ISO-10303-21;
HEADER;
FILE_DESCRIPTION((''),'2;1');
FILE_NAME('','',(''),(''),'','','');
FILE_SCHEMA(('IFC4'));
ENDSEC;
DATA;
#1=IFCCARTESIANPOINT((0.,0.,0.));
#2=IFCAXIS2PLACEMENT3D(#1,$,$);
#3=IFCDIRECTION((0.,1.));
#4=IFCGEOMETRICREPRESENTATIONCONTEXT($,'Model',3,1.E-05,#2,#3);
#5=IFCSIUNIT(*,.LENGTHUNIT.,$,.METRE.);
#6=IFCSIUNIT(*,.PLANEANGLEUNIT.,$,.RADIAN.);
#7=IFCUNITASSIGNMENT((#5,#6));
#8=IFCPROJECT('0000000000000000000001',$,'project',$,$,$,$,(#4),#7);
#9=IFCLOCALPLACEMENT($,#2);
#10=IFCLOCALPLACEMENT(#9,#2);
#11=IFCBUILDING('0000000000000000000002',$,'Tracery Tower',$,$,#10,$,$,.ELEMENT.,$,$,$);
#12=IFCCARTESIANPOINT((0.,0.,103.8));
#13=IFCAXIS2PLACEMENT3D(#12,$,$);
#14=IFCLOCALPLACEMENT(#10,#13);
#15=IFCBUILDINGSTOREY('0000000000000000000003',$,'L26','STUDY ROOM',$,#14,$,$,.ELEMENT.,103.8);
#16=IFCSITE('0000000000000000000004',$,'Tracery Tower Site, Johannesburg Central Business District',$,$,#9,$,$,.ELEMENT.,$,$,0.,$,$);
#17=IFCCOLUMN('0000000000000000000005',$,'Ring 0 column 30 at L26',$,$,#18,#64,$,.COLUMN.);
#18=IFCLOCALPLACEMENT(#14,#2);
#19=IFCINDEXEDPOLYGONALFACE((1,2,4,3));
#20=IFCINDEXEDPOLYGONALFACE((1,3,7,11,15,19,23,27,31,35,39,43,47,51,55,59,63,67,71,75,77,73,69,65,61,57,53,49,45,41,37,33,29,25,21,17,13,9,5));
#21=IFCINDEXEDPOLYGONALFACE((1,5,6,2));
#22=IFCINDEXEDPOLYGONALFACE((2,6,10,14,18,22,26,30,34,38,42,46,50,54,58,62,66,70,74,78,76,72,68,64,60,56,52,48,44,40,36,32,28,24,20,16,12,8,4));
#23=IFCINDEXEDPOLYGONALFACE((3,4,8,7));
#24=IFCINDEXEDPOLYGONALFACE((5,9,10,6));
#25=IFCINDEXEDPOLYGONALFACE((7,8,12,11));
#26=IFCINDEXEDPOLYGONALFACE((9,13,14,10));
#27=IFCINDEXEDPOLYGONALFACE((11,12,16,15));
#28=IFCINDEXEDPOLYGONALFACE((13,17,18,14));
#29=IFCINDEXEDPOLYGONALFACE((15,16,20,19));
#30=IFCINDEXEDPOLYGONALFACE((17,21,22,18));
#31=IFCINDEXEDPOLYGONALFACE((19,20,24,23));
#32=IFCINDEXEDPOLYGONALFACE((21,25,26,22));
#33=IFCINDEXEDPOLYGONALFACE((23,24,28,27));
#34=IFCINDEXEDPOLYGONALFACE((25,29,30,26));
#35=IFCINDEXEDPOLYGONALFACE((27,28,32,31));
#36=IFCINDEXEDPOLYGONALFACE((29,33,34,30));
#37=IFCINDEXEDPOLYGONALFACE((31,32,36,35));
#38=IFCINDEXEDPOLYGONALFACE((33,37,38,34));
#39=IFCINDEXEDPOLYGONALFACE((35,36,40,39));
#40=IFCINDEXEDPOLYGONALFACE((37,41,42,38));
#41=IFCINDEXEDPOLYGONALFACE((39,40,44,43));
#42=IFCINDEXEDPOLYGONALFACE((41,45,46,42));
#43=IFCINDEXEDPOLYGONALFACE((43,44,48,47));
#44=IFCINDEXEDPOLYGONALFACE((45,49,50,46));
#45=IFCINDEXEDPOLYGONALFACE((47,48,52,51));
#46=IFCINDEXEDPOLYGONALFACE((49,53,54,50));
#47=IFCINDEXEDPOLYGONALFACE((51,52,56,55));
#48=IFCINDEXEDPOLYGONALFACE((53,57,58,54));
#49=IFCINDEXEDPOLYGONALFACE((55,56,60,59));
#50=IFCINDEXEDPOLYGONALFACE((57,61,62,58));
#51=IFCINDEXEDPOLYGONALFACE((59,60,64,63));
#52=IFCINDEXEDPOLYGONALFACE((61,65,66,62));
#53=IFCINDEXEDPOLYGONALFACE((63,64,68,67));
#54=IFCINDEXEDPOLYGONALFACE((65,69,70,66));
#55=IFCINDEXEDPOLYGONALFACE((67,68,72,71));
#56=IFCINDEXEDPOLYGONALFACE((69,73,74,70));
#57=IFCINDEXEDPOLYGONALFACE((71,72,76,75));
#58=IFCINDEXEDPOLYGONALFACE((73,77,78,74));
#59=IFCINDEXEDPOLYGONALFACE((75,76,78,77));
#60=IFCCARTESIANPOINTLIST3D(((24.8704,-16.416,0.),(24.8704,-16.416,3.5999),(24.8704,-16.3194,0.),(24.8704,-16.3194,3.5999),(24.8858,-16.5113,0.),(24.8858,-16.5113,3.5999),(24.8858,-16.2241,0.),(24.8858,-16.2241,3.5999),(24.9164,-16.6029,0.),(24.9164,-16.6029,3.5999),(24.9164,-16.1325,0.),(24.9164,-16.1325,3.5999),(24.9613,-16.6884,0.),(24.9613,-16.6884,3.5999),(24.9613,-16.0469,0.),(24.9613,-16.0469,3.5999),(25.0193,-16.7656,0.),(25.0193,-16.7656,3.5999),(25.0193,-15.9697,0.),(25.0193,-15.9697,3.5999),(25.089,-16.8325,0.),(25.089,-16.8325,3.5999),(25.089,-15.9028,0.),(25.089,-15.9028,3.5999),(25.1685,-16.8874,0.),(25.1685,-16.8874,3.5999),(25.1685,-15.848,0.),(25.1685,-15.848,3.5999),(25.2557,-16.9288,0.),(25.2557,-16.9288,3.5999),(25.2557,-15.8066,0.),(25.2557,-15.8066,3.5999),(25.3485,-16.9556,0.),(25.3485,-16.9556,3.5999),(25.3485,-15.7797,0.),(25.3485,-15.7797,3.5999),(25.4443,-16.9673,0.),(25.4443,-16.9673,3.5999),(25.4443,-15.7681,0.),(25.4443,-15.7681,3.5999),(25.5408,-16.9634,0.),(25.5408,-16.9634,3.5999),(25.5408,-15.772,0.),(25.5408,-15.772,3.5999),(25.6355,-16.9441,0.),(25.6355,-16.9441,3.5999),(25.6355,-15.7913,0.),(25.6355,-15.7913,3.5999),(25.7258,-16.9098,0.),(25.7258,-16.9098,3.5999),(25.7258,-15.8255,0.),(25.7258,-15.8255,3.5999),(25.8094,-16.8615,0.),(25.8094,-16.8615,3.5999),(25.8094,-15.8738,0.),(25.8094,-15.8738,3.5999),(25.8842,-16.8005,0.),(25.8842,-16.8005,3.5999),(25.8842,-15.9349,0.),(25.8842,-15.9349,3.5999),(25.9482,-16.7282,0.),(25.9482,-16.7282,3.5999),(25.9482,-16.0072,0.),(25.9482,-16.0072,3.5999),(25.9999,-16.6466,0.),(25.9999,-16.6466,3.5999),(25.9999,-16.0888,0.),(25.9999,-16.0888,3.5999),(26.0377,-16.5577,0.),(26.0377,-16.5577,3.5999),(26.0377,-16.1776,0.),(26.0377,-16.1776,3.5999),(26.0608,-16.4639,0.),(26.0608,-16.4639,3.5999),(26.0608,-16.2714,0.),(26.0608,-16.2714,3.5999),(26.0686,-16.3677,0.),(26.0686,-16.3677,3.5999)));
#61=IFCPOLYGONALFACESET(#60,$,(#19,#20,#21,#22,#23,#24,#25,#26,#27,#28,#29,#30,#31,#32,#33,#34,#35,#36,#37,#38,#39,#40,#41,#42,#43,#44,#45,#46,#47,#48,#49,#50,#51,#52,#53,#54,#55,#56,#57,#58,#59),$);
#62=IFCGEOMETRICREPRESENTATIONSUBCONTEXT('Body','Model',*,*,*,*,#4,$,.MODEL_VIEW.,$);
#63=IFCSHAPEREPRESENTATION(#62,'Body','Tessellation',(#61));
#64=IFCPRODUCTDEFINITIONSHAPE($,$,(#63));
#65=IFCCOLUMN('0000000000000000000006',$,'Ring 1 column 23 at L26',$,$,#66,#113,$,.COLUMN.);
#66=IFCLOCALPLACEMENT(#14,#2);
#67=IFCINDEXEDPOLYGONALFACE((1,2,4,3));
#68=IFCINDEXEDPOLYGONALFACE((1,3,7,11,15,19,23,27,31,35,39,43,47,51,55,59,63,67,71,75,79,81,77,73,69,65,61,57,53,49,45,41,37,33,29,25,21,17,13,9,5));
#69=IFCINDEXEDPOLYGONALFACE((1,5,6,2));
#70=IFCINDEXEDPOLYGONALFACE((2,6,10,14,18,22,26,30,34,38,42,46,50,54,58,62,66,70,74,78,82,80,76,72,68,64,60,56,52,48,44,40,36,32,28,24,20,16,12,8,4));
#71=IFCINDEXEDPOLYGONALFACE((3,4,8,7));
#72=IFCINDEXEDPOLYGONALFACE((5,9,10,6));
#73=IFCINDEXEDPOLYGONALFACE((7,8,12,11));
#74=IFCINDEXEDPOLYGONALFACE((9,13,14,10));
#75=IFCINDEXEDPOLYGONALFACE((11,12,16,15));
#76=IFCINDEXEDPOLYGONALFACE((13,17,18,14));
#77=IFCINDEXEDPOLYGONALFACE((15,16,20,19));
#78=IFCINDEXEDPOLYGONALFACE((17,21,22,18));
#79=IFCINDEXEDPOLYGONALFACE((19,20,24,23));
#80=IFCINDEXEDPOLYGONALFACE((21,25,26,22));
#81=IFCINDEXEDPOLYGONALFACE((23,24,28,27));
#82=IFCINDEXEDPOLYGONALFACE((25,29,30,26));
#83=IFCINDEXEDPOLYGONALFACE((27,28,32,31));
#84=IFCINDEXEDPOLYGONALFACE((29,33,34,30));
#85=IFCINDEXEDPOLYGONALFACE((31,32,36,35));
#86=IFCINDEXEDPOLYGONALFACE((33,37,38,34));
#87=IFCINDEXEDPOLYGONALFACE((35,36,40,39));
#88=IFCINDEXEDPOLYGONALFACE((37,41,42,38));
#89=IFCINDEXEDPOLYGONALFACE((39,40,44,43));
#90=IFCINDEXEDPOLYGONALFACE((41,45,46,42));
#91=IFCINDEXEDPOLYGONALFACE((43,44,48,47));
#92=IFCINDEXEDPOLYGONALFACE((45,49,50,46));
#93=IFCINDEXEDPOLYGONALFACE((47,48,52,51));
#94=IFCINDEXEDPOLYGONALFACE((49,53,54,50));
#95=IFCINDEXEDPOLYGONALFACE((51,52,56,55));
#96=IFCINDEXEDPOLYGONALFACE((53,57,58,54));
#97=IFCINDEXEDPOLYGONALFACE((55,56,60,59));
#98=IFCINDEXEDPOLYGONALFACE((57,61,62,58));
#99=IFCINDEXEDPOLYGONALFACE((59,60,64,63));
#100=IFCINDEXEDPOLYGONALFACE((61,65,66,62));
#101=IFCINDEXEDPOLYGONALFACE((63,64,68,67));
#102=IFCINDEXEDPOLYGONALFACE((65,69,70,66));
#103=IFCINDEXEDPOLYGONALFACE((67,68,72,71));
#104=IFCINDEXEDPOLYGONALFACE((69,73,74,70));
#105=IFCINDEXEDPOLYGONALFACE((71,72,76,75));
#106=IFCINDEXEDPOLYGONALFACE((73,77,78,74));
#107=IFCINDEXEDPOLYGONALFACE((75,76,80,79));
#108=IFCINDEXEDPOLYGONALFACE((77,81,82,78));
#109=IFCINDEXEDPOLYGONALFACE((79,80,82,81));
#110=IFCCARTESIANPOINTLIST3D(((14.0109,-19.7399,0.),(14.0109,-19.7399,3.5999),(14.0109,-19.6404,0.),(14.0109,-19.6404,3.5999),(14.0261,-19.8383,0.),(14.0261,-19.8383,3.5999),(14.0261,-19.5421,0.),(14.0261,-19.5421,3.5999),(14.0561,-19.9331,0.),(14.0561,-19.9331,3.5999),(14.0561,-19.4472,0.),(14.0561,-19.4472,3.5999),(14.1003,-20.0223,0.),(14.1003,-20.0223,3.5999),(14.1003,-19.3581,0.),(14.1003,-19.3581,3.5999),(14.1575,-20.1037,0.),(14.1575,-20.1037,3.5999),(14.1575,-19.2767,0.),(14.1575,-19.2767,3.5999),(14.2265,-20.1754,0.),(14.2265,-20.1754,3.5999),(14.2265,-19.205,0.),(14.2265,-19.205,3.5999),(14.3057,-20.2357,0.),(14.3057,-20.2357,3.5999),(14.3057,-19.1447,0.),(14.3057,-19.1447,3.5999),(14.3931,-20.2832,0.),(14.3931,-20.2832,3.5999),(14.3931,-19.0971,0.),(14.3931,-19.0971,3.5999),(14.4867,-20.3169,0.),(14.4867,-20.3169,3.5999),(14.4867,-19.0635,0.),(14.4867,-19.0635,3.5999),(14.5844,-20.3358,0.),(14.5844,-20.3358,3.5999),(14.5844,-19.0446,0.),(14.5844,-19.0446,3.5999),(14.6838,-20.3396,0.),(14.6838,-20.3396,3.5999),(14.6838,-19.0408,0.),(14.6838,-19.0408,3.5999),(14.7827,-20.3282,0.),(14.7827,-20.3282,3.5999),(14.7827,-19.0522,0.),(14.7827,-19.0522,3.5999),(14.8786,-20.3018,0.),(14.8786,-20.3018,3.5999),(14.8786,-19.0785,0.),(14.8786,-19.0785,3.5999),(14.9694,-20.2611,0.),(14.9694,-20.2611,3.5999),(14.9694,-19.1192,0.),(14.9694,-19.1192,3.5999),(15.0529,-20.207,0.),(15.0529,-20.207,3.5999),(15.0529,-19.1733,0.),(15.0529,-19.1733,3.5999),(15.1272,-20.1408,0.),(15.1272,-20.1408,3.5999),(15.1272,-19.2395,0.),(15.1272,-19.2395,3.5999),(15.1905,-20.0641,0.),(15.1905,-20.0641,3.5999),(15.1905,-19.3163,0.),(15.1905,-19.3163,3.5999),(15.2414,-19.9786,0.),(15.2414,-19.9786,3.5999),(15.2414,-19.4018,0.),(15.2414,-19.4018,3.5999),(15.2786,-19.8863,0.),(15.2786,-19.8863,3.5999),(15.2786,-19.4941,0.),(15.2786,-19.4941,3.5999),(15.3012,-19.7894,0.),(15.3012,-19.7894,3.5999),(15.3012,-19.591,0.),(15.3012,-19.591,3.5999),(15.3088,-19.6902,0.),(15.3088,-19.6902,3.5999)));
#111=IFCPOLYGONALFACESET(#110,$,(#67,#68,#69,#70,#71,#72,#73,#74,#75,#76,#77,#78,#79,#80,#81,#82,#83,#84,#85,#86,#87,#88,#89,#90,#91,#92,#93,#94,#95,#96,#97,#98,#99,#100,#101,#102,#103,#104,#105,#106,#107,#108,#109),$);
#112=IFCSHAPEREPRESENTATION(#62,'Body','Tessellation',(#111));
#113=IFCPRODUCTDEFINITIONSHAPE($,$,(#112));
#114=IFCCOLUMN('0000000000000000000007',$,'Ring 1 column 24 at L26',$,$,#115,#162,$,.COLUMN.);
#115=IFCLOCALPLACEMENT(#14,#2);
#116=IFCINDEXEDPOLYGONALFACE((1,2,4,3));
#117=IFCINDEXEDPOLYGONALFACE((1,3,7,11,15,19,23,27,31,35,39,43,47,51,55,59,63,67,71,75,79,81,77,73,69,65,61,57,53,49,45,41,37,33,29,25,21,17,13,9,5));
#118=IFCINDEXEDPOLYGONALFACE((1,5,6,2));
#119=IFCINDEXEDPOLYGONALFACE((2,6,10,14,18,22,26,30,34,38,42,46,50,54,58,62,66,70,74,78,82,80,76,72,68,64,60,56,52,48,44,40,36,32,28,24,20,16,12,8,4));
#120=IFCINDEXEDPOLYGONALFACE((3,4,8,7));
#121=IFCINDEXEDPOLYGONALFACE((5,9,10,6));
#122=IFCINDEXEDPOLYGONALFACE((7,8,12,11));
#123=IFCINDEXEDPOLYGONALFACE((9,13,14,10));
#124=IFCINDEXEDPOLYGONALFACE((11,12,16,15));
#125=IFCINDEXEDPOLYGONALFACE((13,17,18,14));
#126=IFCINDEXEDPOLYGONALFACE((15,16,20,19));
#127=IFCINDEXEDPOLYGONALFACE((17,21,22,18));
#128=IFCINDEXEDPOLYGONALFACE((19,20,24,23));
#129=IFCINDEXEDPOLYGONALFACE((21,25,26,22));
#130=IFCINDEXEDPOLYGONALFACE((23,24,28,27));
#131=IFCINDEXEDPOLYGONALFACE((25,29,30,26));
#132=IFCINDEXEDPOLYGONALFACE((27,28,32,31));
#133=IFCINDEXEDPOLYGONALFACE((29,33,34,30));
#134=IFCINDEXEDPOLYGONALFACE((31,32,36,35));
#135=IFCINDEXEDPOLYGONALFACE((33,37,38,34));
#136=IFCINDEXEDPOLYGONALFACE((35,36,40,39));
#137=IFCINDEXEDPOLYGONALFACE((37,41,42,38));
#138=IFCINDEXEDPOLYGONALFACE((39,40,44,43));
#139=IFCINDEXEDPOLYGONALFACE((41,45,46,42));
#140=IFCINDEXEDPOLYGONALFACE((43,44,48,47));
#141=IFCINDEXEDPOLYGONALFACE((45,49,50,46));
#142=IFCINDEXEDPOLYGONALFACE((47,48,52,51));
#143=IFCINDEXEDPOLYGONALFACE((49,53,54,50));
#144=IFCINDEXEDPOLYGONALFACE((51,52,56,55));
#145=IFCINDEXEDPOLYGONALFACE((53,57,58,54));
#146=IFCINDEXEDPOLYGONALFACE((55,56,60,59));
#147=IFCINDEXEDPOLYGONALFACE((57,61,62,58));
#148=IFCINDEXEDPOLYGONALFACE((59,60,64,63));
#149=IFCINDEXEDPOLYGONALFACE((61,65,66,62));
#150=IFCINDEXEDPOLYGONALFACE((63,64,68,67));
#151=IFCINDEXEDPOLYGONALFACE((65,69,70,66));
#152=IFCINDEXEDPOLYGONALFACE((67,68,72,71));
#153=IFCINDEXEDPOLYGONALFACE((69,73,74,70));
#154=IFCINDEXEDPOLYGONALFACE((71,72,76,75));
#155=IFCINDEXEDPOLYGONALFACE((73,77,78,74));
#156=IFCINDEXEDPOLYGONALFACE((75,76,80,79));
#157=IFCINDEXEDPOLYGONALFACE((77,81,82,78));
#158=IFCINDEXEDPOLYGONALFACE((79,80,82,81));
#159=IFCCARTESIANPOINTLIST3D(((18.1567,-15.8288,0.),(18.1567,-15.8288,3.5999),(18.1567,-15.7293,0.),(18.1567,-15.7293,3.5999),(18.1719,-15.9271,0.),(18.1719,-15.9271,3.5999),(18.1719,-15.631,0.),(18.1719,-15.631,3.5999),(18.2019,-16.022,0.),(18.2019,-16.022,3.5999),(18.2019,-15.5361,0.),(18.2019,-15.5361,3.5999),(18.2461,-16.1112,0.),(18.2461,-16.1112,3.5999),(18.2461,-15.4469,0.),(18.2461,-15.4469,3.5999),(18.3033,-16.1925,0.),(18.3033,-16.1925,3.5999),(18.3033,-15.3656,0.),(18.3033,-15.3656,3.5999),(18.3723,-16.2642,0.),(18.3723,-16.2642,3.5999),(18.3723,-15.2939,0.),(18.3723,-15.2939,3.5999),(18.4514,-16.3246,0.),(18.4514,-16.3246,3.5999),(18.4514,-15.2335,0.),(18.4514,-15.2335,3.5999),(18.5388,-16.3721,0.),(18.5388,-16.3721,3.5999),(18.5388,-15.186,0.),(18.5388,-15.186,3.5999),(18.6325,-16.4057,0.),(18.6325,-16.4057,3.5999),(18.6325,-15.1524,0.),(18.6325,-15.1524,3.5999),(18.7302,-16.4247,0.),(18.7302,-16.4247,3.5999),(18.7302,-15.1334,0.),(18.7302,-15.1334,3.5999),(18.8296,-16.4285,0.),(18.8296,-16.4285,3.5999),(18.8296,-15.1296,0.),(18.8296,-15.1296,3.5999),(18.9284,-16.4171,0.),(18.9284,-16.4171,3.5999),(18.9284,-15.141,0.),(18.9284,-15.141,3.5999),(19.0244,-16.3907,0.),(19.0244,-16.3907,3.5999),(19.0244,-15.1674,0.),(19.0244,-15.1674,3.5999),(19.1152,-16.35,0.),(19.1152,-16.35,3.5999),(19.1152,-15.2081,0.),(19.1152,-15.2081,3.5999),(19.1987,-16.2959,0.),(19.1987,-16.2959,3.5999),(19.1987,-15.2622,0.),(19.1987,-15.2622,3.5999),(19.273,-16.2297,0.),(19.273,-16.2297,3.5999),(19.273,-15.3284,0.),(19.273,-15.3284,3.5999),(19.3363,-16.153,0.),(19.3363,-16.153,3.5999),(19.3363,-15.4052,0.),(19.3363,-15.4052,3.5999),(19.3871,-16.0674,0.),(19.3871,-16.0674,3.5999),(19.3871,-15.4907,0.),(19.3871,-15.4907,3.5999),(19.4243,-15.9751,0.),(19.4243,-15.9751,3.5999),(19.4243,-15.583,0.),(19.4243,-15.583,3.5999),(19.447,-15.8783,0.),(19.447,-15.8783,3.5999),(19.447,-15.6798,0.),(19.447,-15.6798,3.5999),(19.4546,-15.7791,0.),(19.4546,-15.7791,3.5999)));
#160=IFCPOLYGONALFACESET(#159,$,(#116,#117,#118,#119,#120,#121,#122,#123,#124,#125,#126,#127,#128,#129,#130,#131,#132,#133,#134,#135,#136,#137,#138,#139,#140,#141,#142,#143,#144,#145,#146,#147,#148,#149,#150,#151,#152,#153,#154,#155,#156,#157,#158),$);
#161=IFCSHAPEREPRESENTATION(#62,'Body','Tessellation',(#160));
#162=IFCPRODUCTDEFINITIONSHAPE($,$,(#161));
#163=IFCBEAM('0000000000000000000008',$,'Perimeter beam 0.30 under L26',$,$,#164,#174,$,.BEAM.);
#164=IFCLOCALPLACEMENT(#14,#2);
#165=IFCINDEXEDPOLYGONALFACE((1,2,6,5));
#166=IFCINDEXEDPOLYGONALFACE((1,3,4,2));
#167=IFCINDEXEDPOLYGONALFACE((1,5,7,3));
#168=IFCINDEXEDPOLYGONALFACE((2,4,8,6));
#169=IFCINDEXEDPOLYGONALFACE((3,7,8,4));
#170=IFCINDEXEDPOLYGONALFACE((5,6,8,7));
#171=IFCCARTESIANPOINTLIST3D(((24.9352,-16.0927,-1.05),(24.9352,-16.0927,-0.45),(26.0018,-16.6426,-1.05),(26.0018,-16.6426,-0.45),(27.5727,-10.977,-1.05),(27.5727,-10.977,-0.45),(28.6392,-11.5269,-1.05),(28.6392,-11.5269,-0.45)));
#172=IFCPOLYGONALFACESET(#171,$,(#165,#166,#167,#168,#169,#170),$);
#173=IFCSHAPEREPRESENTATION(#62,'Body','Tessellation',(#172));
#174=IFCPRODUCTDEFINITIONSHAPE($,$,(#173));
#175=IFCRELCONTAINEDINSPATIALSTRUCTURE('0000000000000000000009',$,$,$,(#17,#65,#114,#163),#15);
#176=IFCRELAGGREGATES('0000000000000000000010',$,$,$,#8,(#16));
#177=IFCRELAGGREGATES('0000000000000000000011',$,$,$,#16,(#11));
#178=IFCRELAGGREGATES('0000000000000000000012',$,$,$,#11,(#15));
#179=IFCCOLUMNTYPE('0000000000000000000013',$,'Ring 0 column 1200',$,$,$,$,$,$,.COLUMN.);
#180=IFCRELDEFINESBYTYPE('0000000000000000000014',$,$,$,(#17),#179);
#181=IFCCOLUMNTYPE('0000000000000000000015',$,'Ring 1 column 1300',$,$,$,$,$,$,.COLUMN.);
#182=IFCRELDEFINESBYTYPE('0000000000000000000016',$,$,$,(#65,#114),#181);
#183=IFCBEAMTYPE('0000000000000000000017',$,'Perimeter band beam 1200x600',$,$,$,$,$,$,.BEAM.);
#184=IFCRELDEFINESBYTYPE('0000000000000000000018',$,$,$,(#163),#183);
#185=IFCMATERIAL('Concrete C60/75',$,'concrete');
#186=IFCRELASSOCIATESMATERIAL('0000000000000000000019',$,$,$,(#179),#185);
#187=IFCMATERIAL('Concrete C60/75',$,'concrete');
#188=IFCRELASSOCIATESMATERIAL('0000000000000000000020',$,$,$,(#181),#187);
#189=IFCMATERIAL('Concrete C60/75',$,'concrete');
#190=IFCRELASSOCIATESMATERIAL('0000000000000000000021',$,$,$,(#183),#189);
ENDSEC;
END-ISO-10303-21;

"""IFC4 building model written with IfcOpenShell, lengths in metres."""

from ifc_helpers import new_model, si_unit, direction, frame, origin, origin_2d, place, context, subcontext, project, spatial, rectangle, circle, extrude, material, material_profile, profile_set, type_object, element, save


model = new_model("IFC4")

# Units and contexts
model_context = context("Model", 3, precision=1e-05, world=origin(), true_north=direction((0.0, 1.0)))
body_context = subcontext(model_context, "Body", "Model", "MODEL_VIEW")
ifc_project = project(units=[si_unit("LENGTHUNIT", "METRE"), si_unit("PLANEANGLEUNIT", "RADIAN")], contexts=[model_context])

# Site, building, storey
site_placement = place(None, origin())
site = spatial("IfcSite", under=ifc_project, at=site_placement, Name="Tracery Tower Site, Johannesburg Central Business District", CompositionType="ELEMENT", RefElevation=0.0)
building_placement = place(site_placement, origin())
building = spatial("IfcBuilding", under=site, at=building_placement, Name="Tracery Tower", CompositionType="ELEMENT")
storey_placement = place(building_placement, frame((0.0, 0.0, 103.8)))
storey = spatial("IfcBuildingStorey", under=building, at=storey_placement, Name="L26", Description="STUDY ROOM", CompositionType="ELEMENT", Elevation=103.8)

# Columns
ifc_material_1 = material(Name="Concrete C60/75", Category="concrete")
ifc_material_profile_1 = material_profile(ifc_material_1, circle(Radius=0.6001, at=origin_2d()), Name="RC D1200")
ifc_profile_set_1 = profile_set([ifc_material_profile_1], Name="Concrete C60/75")
column_type_1 = type_object("IfcColumnType", Name="Ring 0 column 1200", PredefinedType="COLUMN", material=ifc_profile_set_1)
column_placement = place(storey_placement, frame((25.4685, -16.3677, 0.0), z_axis=(0.0, 0.0, 1.0), x_axis=(1.0, 0.0, 0.0)))
element("IfcColumn", 1, at=column_placement, inside=storey, type_object=column_type_1, Name="Ring 0 column 30 at L26", PredefinedType="COLUMN", context=body_context, shape_type="SweptSolid", body=[
    extrude(circle(Radius=0.6001, at=origin_2d()), origin(), (0.0, 0.0, 1.0), 3.5999),
])
ifc_material_2 = material(Name="Concrete C60/75", Category="concrete")
ifc_material_profile_2 = material_profile(ifc_material_2, circle(Radius=0.6499, at=origin_2d()), Name="RC D1300")
ifc_profile_set_2 = profile_set([ifc_material_profile_2], Name="Concrete C60/75")
column_type_2 = type_object("IfcColumnType", Name="Ring 1 column 1300", PredefinedType="COLUMN", material=ifc_profile_set_2)
for number, where, z_axis, x_axis, name in (
    (2, (14.6589, -19.6902, 0.0), (0.0, 0.0, 1.0), (1.0, 0.0, 0.0), "Ring 1 column 23 at L26"),
    (3, (18.8047, -15.7791, 0.0), (0.0, 0.0, 1.0), (1.0, 0.0, 0.0), "Ring 1 column 24 at L26"),
):
    element("IfcColumn", number, at=place(storey_placement, frame(where, z_axis=z_axis, x_axis=x_axis)), inside=storey, type_object=column_type_2, Name=name, PredefinedType="COLUMN", context=body_context, shape_type="SweptSolid", body=[
        extrude(circle(Radius=0.6499, at=origin_2d()), origin(), (0.0, 0.0, 1.0), 3.5999),
    ])

# Beam
ifc_material_3 = material(Name="Concrete C60/75", Category="concrete")
ifc_material_profile_3 = material_profile(ifc_material_3, rectangle(XDim=1.2, YDim=0.6001, at=origin_2d()), Name="RC 1200x600")
ifc_profile_set_3 = profile_set([ifc_material_profile_3], Name="Concrete C60/75")
beam_type = type_object("IfcBeamType", Name="Perimeter band beam 1200x600", PredefinedType="BEAM", material=ifc_profile_set_3)
beam_placement = place(storey_placement, frame((25.4685, -16.3677, -0.75), z_axis=(0.458242, 0.888827, 0.0), x_axis=(-0.888827, 0.458242, 0.0)))
element("IfcBeam", 4, at=beam_placement, inside=storey, type_object=beam_type, Name="Perimeter beam 0.30 under L26", PredefinedType="BEAM", context=body_context, shape_type="SweptSolid", body=[
    extrude(rectangle(XDim=1.2, YDim=0.6001, at=origin_2d()), origin(), (0.0, 0.0, 1.0), 5.7556),
])

save(model, "model.ifc")
